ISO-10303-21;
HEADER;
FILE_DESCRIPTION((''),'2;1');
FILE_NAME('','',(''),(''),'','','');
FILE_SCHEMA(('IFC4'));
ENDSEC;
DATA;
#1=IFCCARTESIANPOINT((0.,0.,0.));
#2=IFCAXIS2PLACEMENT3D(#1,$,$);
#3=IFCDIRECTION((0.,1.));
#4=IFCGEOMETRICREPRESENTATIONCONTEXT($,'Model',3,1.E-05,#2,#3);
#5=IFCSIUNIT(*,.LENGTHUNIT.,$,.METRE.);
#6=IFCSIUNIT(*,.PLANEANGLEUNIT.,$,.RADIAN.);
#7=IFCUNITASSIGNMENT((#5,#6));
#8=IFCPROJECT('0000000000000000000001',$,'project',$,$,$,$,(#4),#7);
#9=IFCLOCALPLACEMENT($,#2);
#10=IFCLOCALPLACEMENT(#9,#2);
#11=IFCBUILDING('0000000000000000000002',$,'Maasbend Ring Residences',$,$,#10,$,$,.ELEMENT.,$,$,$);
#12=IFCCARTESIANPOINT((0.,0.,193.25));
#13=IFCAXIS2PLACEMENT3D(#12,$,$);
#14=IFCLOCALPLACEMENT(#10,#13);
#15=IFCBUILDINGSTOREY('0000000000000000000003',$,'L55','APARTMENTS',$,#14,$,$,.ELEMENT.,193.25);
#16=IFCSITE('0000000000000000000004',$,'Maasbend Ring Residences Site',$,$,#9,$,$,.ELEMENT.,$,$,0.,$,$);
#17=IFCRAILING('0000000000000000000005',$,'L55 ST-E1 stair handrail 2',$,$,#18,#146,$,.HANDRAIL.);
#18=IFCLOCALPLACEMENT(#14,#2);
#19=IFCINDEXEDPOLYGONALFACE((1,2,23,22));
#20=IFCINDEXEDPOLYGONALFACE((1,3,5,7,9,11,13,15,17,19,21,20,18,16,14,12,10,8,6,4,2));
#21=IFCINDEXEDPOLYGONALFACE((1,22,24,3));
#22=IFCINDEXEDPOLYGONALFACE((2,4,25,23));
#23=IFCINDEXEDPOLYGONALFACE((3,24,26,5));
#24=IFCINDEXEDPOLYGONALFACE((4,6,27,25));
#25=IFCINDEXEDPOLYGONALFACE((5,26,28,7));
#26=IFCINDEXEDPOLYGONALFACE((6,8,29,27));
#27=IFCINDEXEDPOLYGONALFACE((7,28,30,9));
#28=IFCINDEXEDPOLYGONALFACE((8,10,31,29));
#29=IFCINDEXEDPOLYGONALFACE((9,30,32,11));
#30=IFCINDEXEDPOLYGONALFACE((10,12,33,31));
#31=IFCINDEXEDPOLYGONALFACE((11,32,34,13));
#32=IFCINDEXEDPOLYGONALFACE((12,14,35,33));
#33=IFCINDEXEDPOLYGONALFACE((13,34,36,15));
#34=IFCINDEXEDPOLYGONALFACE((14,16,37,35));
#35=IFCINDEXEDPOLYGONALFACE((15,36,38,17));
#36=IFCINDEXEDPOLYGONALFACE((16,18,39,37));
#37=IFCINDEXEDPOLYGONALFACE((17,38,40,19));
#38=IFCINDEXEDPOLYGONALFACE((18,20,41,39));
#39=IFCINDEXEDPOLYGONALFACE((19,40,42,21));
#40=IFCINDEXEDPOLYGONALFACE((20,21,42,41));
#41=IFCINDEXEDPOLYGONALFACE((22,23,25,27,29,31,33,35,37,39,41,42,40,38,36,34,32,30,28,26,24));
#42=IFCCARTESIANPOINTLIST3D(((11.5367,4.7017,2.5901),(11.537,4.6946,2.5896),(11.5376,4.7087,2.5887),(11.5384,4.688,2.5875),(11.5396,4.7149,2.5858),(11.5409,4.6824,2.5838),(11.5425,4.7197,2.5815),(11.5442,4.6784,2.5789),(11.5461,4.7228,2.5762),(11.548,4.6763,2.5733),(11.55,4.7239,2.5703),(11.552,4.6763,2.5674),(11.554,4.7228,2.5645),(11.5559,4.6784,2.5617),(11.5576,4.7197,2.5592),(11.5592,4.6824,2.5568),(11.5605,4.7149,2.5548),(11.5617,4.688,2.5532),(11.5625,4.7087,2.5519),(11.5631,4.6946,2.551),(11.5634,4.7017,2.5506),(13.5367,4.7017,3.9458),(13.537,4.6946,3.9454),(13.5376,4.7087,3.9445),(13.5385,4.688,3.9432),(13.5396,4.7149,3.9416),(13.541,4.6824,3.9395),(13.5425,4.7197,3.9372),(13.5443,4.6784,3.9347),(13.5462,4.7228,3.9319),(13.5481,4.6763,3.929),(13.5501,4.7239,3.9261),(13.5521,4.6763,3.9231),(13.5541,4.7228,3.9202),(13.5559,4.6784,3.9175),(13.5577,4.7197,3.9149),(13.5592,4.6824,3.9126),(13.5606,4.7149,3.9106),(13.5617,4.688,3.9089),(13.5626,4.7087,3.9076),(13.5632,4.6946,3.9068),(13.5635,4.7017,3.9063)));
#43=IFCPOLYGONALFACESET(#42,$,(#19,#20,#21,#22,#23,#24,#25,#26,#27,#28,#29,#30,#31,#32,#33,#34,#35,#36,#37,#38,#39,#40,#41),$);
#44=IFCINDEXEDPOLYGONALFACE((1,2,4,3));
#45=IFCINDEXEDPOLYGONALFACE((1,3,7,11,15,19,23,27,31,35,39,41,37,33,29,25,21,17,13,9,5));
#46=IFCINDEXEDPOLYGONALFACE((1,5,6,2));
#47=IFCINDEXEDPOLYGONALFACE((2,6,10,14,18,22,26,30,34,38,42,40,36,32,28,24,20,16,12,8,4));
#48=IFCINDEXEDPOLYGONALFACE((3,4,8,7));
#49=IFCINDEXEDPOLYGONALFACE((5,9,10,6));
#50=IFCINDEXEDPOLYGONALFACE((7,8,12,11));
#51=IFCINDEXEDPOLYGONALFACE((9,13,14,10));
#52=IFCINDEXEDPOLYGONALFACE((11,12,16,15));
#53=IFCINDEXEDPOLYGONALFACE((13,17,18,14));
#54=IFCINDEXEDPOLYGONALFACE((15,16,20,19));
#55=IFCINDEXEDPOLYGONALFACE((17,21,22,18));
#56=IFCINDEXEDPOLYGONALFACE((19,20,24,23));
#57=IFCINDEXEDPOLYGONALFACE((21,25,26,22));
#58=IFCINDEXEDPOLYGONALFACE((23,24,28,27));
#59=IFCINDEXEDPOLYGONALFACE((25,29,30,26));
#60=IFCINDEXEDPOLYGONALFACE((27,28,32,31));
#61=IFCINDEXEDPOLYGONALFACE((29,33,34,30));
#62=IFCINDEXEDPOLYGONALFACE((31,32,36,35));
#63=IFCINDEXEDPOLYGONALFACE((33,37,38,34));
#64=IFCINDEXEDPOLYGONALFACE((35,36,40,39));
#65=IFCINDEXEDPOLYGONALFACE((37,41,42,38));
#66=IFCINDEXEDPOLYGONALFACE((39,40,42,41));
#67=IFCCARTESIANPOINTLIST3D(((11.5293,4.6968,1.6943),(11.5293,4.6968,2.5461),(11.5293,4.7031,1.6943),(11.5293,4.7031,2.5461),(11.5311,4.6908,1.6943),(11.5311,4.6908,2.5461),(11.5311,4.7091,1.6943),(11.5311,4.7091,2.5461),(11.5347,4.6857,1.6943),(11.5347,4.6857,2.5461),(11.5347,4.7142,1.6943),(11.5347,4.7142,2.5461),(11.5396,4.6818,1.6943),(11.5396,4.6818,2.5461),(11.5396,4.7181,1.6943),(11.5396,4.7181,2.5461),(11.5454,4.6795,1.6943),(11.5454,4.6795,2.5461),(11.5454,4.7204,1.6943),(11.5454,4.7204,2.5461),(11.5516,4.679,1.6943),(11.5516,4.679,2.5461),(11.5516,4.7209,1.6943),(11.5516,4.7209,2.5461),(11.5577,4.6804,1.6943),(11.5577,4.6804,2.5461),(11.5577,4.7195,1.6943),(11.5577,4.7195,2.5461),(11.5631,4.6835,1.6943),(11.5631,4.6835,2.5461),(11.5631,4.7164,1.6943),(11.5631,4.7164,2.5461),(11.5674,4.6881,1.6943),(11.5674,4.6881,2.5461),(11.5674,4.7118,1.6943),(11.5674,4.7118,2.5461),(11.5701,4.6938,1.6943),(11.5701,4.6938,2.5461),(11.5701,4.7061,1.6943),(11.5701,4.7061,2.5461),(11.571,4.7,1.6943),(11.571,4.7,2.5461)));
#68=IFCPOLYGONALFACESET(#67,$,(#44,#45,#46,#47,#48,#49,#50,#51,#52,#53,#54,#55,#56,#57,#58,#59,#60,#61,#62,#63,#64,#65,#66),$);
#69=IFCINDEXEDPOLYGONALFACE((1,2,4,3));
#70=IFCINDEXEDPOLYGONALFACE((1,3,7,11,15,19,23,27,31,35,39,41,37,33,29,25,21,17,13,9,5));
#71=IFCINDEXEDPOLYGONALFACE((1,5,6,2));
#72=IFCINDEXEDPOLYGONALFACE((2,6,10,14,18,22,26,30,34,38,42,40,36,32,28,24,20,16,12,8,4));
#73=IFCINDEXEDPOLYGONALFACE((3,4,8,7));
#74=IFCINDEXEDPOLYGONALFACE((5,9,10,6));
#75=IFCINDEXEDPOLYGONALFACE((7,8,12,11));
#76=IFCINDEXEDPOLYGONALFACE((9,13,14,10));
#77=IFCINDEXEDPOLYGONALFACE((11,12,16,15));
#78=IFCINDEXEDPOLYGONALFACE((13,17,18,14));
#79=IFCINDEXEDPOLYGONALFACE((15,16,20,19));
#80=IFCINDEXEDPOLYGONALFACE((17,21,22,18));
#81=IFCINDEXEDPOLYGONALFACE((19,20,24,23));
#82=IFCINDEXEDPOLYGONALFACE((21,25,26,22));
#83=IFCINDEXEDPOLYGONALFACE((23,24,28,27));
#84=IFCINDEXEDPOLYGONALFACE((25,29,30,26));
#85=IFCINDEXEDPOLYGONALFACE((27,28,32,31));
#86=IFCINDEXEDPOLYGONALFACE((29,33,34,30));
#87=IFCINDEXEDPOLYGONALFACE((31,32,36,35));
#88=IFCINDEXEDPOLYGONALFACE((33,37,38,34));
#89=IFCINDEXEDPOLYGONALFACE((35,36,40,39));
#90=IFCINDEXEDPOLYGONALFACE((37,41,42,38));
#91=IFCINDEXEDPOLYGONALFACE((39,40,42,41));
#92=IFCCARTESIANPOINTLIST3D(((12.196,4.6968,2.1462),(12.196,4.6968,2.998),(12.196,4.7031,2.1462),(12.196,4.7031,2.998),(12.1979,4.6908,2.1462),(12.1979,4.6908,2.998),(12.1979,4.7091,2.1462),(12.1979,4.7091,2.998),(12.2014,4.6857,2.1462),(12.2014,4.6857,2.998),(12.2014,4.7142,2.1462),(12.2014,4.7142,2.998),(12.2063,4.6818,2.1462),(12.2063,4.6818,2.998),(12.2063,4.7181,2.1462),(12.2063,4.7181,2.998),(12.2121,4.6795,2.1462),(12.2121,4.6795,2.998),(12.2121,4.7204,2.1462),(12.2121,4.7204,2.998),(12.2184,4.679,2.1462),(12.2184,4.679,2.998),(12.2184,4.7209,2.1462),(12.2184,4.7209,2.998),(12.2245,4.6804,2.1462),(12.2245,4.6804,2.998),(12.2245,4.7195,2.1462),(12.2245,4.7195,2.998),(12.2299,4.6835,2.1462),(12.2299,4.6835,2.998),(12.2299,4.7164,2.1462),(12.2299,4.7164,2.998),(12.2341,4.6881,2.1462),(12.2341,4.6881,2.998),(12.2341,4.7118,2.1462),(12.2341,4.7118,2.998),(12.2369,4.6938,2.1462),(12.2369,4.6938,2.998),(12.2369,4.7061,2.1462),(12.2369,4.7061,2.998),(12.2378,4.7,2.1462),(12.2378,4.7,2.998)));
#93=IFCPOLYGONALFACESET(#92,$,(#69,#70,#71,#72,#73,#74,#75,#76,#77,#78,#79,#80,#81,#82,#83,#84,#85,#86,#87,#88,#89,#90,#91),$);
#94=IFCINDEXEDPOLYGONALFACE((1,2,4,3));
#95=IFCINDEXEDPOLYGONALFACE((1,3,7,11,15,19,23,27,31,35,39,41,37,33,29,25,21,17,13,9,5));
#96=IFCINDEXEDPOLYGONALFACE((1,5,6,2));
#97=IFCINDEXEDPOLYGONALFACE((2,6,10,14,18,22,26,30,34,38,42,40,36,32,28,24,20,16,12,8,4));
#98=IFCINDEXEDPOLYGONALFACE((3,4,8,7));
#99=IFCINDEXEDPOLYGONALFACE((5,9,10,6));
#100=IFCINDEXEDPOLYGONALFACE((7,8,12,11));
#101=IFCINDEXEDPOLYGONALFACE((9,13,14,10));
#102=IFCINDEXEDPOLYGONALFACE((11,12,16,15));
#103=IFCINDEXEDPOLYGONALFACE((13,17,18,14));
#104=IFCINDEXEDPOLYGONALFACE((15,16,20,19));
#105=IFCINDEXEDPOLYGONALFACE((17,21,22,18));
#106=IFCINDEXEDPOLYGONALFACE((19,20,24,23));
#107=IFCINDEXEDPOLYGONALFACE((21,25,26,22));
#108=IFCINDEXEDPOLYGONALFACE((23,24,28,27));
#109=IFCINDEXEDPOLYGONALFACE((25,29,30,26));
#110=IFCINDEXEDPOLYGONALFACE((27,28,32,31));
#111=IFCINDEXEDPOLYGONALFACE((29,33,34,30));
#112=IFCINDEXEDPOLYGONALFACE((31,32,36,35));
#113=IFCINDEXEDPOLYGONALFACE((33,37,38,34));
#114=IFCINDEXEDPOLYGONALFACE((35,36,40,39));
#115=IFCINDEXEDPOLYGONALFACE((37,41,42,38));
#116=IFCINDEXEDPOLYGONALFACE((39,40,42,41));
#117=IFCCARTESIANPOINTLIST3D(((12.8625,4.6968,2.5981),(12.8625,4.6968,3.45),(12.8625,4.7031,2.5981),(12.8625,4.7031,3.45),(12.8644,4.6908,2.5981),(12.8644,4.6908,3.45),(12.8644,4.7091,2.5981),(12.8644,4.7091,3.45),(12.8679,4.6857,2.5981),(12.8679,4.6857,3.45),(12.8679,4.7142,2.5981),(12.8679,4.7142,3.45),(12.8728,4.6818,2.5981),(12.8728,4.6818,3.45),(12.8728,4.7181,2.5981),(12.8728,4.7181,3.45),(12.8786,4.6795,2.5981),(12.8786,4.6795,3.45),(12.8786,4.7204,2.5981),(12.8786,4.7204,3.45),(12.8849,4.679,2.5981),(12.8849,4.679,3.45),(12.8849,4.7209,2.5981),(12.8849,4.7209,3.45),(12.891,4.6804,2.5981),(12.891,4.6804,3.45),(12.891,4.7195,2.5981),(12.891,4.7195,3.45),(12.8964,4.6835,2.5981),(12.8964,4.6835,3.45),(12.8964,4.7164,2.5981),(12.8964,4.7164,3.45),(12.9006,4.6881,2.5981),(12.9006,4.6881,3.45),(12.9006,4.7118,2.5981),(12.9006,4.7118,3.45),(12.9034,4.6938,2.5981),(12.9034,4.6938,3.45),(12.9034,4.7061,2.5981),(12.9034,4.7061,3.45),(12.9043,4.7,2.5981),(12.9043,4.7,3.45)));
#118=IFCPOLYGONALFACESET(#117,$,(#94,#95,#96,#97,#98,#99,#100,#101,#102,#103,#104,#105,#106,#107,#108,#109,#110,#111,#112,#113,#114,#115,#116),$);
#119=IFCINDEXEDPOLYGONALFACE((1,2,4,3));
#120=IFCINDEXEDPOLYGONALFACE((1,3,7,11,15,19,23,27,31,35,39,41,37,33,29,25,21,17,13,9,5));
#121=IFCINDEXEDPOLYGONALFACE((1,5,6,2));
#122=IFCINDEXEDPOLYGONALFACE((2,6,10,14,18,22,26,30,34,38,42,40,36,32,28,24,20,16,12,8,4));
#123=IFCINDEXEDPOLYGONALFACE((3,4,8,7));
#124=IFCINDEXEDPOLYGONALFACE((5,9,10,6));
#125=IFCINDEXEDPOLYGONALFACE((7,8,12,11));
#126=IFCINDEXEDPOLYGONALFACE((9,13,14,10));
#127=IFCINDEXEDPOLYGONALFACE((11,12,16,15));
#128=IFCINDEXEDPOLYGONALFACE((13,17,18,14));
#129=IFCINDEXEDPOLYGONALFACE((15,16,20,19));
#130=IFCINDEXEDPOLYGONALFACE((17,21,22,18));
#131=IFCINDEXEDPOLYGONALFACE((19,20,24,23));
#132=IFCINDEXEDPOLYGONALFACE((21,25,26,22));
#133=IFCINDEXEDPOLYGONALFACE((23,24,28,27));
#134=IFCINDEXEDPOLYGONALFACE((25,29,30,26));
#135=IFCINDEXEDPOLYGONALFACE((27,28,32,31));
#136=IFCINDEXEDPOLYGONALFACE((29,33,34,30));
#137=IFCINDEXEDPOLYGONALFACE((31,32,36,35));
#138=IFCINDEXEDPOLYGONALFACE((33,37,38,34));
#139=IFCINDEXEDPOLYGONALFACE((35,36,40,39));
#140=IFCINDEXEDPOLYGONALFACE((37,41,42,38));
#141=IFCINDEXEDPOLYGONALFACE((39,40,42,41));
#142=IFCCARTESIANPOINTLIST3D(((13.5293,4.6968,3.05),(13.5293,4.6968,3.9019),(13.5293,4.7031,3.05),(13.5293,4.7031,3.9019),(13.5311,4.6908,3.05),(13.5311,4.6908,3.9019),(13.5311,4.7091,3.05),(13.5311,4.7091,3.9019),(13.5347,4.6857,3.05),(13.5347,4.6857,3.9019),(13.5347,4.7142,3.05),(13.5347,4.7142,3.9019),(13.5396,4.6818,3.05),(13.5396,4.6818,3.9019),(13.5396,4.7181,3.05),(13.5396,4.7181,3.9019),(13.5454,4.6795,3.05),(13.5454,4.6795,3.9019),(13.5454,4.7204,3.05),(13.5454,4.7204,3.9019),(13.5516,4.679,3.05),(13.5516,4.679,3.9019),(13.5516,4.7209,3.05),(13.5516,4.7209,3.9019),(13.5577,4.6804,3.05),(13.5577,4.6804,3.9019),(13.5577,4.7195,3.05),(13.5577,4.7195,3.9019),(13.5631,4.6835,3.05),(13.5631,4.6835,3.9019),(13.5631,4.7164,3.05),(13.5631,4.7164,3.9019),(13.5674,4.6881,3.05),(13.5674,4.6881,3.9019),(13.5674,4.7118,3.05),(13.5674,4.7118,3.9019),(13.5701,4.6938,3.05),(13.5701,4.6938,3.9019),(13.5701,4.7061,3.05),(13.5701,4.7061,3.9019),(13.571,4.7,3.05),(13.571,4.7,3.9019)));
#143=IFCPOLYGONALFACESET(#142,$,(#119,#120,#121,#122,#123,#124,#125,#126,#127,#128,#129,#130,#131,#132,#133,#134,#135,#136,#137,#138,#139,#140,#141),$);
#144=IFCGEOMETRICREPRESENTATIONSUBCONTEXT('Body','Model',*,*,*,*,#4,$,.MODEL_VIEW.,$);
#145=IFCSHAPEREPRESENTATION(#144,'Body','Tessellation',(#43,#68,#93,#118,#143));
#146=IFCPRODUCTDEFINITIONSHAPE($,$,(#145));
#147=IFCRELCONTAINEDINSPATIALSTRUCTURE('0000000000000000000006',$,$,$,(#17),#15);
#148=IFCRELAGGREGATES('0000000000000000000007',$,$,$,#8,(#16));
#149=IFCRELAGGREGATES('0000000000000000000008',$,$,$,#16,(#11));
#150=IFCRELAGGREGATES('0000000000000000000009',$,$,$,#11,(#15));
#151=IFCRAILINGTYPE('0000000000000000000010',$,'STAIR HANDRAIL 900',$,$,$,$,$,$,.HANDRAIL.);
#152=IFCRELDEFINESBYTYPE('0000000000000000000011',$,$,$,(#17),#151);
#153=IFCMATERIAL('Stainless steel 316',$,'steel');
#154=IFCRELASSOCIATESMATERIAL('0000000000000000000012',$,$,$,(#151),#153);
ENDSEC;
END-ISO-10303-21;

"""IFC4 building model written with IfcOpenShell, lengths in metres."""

from ifc_helpers import new_model, si_unit, direction, frame, origin, origin_2d, place, context, subcontext, project, spatial, circle, extrude, material, type_object, element, save


model = new_model("IFC4")

# Units and contexts
model_context = context("Model", 3, precision=1e-05, world=origin(), true_north=direction((0.0, 1.0)))
body_context = subcontext(model_context, "Body", "Model", "MODEL_VIEW")
ifc_project = project(units=[si_unit("LENGTHUNIT", "METRE"), si_unit("PLANEANGLEUNIT", "RADIAN")], contexts=[model_context])

# Site, building, storey
site_placement = place(None, origin())
site = spatial("IfcSite", under=ifc_project, at=site_placement, Name="Maasbend Ring Residences Site", CompositionType="ELEMENT", RefElevation=0.0)
building_placement = place(site_placement, origin())
building = spatial("IfcBuilding", under=site, at=building_placement, Name="Maasbend Ring Residences", CompositionType="ELEMENT")
storey_placement = place(building_placement, frame((0.0, 0.0, 193.25)))
storey = spatial("IfcBuildingStorey", under=building, at=storey_placement, Name="L55", Description="APARTMENTS", CompositionType="ELEMENT", Elevation=193.25)

# Railing
ifc_material_1 = material(Name="Stainless steel 316", Category="steel")
railing_type_1 = type_object("IfcRailingType", Name="STAIR HANDRAIL 900", PredefinedType="HANDRAIL", material=ifc_material_1)
railing_1_placement = place(storey_placement, frame((11.55, 4.7, 1.6943)))
element("IfcRailing", 1, at=railing_1_placement, inside=storey, type_object=railing_type_1, Name="L55 ST-E1 stair handrail 2", PredefinedType="HANDRAIL", context=body_context, shape_type="SweptSolid", body=[
    extrude(circle(Radius=0.0239, at=origin_2d()), frame((0.0, 0.0, 0.876), z_axis=(0.827751, 0.0, 0.561096), x_axis=(0.0, 1.0, 0.0)), (0.0, 0.0, 1.0), 2.4163),
    extrude(circle(Radius=0.021, at=origin_2d()), origin(), (0.0, 0.0, 1.0), 0.8518),
    extrude(circle(Radius=0.021, at=origin_2d()), frame((0.6667, 0.0, 0.4519)), (0.0, 0.0, 1.0), 0.8518),
    extrude(circle(Radius=0.021, at=origin_2d()), frame((1.3333, 0.0, 0.9038)), (0.0, 0.0, 1.0), 0.8518),
    extrude(circle(Radius=0.021, at=origin_2d()), frame((2.0, 0.0, 1.3557)), (0.0, 0.0, 1.0), 0.8518),
])

save(model, "model.ifc")
